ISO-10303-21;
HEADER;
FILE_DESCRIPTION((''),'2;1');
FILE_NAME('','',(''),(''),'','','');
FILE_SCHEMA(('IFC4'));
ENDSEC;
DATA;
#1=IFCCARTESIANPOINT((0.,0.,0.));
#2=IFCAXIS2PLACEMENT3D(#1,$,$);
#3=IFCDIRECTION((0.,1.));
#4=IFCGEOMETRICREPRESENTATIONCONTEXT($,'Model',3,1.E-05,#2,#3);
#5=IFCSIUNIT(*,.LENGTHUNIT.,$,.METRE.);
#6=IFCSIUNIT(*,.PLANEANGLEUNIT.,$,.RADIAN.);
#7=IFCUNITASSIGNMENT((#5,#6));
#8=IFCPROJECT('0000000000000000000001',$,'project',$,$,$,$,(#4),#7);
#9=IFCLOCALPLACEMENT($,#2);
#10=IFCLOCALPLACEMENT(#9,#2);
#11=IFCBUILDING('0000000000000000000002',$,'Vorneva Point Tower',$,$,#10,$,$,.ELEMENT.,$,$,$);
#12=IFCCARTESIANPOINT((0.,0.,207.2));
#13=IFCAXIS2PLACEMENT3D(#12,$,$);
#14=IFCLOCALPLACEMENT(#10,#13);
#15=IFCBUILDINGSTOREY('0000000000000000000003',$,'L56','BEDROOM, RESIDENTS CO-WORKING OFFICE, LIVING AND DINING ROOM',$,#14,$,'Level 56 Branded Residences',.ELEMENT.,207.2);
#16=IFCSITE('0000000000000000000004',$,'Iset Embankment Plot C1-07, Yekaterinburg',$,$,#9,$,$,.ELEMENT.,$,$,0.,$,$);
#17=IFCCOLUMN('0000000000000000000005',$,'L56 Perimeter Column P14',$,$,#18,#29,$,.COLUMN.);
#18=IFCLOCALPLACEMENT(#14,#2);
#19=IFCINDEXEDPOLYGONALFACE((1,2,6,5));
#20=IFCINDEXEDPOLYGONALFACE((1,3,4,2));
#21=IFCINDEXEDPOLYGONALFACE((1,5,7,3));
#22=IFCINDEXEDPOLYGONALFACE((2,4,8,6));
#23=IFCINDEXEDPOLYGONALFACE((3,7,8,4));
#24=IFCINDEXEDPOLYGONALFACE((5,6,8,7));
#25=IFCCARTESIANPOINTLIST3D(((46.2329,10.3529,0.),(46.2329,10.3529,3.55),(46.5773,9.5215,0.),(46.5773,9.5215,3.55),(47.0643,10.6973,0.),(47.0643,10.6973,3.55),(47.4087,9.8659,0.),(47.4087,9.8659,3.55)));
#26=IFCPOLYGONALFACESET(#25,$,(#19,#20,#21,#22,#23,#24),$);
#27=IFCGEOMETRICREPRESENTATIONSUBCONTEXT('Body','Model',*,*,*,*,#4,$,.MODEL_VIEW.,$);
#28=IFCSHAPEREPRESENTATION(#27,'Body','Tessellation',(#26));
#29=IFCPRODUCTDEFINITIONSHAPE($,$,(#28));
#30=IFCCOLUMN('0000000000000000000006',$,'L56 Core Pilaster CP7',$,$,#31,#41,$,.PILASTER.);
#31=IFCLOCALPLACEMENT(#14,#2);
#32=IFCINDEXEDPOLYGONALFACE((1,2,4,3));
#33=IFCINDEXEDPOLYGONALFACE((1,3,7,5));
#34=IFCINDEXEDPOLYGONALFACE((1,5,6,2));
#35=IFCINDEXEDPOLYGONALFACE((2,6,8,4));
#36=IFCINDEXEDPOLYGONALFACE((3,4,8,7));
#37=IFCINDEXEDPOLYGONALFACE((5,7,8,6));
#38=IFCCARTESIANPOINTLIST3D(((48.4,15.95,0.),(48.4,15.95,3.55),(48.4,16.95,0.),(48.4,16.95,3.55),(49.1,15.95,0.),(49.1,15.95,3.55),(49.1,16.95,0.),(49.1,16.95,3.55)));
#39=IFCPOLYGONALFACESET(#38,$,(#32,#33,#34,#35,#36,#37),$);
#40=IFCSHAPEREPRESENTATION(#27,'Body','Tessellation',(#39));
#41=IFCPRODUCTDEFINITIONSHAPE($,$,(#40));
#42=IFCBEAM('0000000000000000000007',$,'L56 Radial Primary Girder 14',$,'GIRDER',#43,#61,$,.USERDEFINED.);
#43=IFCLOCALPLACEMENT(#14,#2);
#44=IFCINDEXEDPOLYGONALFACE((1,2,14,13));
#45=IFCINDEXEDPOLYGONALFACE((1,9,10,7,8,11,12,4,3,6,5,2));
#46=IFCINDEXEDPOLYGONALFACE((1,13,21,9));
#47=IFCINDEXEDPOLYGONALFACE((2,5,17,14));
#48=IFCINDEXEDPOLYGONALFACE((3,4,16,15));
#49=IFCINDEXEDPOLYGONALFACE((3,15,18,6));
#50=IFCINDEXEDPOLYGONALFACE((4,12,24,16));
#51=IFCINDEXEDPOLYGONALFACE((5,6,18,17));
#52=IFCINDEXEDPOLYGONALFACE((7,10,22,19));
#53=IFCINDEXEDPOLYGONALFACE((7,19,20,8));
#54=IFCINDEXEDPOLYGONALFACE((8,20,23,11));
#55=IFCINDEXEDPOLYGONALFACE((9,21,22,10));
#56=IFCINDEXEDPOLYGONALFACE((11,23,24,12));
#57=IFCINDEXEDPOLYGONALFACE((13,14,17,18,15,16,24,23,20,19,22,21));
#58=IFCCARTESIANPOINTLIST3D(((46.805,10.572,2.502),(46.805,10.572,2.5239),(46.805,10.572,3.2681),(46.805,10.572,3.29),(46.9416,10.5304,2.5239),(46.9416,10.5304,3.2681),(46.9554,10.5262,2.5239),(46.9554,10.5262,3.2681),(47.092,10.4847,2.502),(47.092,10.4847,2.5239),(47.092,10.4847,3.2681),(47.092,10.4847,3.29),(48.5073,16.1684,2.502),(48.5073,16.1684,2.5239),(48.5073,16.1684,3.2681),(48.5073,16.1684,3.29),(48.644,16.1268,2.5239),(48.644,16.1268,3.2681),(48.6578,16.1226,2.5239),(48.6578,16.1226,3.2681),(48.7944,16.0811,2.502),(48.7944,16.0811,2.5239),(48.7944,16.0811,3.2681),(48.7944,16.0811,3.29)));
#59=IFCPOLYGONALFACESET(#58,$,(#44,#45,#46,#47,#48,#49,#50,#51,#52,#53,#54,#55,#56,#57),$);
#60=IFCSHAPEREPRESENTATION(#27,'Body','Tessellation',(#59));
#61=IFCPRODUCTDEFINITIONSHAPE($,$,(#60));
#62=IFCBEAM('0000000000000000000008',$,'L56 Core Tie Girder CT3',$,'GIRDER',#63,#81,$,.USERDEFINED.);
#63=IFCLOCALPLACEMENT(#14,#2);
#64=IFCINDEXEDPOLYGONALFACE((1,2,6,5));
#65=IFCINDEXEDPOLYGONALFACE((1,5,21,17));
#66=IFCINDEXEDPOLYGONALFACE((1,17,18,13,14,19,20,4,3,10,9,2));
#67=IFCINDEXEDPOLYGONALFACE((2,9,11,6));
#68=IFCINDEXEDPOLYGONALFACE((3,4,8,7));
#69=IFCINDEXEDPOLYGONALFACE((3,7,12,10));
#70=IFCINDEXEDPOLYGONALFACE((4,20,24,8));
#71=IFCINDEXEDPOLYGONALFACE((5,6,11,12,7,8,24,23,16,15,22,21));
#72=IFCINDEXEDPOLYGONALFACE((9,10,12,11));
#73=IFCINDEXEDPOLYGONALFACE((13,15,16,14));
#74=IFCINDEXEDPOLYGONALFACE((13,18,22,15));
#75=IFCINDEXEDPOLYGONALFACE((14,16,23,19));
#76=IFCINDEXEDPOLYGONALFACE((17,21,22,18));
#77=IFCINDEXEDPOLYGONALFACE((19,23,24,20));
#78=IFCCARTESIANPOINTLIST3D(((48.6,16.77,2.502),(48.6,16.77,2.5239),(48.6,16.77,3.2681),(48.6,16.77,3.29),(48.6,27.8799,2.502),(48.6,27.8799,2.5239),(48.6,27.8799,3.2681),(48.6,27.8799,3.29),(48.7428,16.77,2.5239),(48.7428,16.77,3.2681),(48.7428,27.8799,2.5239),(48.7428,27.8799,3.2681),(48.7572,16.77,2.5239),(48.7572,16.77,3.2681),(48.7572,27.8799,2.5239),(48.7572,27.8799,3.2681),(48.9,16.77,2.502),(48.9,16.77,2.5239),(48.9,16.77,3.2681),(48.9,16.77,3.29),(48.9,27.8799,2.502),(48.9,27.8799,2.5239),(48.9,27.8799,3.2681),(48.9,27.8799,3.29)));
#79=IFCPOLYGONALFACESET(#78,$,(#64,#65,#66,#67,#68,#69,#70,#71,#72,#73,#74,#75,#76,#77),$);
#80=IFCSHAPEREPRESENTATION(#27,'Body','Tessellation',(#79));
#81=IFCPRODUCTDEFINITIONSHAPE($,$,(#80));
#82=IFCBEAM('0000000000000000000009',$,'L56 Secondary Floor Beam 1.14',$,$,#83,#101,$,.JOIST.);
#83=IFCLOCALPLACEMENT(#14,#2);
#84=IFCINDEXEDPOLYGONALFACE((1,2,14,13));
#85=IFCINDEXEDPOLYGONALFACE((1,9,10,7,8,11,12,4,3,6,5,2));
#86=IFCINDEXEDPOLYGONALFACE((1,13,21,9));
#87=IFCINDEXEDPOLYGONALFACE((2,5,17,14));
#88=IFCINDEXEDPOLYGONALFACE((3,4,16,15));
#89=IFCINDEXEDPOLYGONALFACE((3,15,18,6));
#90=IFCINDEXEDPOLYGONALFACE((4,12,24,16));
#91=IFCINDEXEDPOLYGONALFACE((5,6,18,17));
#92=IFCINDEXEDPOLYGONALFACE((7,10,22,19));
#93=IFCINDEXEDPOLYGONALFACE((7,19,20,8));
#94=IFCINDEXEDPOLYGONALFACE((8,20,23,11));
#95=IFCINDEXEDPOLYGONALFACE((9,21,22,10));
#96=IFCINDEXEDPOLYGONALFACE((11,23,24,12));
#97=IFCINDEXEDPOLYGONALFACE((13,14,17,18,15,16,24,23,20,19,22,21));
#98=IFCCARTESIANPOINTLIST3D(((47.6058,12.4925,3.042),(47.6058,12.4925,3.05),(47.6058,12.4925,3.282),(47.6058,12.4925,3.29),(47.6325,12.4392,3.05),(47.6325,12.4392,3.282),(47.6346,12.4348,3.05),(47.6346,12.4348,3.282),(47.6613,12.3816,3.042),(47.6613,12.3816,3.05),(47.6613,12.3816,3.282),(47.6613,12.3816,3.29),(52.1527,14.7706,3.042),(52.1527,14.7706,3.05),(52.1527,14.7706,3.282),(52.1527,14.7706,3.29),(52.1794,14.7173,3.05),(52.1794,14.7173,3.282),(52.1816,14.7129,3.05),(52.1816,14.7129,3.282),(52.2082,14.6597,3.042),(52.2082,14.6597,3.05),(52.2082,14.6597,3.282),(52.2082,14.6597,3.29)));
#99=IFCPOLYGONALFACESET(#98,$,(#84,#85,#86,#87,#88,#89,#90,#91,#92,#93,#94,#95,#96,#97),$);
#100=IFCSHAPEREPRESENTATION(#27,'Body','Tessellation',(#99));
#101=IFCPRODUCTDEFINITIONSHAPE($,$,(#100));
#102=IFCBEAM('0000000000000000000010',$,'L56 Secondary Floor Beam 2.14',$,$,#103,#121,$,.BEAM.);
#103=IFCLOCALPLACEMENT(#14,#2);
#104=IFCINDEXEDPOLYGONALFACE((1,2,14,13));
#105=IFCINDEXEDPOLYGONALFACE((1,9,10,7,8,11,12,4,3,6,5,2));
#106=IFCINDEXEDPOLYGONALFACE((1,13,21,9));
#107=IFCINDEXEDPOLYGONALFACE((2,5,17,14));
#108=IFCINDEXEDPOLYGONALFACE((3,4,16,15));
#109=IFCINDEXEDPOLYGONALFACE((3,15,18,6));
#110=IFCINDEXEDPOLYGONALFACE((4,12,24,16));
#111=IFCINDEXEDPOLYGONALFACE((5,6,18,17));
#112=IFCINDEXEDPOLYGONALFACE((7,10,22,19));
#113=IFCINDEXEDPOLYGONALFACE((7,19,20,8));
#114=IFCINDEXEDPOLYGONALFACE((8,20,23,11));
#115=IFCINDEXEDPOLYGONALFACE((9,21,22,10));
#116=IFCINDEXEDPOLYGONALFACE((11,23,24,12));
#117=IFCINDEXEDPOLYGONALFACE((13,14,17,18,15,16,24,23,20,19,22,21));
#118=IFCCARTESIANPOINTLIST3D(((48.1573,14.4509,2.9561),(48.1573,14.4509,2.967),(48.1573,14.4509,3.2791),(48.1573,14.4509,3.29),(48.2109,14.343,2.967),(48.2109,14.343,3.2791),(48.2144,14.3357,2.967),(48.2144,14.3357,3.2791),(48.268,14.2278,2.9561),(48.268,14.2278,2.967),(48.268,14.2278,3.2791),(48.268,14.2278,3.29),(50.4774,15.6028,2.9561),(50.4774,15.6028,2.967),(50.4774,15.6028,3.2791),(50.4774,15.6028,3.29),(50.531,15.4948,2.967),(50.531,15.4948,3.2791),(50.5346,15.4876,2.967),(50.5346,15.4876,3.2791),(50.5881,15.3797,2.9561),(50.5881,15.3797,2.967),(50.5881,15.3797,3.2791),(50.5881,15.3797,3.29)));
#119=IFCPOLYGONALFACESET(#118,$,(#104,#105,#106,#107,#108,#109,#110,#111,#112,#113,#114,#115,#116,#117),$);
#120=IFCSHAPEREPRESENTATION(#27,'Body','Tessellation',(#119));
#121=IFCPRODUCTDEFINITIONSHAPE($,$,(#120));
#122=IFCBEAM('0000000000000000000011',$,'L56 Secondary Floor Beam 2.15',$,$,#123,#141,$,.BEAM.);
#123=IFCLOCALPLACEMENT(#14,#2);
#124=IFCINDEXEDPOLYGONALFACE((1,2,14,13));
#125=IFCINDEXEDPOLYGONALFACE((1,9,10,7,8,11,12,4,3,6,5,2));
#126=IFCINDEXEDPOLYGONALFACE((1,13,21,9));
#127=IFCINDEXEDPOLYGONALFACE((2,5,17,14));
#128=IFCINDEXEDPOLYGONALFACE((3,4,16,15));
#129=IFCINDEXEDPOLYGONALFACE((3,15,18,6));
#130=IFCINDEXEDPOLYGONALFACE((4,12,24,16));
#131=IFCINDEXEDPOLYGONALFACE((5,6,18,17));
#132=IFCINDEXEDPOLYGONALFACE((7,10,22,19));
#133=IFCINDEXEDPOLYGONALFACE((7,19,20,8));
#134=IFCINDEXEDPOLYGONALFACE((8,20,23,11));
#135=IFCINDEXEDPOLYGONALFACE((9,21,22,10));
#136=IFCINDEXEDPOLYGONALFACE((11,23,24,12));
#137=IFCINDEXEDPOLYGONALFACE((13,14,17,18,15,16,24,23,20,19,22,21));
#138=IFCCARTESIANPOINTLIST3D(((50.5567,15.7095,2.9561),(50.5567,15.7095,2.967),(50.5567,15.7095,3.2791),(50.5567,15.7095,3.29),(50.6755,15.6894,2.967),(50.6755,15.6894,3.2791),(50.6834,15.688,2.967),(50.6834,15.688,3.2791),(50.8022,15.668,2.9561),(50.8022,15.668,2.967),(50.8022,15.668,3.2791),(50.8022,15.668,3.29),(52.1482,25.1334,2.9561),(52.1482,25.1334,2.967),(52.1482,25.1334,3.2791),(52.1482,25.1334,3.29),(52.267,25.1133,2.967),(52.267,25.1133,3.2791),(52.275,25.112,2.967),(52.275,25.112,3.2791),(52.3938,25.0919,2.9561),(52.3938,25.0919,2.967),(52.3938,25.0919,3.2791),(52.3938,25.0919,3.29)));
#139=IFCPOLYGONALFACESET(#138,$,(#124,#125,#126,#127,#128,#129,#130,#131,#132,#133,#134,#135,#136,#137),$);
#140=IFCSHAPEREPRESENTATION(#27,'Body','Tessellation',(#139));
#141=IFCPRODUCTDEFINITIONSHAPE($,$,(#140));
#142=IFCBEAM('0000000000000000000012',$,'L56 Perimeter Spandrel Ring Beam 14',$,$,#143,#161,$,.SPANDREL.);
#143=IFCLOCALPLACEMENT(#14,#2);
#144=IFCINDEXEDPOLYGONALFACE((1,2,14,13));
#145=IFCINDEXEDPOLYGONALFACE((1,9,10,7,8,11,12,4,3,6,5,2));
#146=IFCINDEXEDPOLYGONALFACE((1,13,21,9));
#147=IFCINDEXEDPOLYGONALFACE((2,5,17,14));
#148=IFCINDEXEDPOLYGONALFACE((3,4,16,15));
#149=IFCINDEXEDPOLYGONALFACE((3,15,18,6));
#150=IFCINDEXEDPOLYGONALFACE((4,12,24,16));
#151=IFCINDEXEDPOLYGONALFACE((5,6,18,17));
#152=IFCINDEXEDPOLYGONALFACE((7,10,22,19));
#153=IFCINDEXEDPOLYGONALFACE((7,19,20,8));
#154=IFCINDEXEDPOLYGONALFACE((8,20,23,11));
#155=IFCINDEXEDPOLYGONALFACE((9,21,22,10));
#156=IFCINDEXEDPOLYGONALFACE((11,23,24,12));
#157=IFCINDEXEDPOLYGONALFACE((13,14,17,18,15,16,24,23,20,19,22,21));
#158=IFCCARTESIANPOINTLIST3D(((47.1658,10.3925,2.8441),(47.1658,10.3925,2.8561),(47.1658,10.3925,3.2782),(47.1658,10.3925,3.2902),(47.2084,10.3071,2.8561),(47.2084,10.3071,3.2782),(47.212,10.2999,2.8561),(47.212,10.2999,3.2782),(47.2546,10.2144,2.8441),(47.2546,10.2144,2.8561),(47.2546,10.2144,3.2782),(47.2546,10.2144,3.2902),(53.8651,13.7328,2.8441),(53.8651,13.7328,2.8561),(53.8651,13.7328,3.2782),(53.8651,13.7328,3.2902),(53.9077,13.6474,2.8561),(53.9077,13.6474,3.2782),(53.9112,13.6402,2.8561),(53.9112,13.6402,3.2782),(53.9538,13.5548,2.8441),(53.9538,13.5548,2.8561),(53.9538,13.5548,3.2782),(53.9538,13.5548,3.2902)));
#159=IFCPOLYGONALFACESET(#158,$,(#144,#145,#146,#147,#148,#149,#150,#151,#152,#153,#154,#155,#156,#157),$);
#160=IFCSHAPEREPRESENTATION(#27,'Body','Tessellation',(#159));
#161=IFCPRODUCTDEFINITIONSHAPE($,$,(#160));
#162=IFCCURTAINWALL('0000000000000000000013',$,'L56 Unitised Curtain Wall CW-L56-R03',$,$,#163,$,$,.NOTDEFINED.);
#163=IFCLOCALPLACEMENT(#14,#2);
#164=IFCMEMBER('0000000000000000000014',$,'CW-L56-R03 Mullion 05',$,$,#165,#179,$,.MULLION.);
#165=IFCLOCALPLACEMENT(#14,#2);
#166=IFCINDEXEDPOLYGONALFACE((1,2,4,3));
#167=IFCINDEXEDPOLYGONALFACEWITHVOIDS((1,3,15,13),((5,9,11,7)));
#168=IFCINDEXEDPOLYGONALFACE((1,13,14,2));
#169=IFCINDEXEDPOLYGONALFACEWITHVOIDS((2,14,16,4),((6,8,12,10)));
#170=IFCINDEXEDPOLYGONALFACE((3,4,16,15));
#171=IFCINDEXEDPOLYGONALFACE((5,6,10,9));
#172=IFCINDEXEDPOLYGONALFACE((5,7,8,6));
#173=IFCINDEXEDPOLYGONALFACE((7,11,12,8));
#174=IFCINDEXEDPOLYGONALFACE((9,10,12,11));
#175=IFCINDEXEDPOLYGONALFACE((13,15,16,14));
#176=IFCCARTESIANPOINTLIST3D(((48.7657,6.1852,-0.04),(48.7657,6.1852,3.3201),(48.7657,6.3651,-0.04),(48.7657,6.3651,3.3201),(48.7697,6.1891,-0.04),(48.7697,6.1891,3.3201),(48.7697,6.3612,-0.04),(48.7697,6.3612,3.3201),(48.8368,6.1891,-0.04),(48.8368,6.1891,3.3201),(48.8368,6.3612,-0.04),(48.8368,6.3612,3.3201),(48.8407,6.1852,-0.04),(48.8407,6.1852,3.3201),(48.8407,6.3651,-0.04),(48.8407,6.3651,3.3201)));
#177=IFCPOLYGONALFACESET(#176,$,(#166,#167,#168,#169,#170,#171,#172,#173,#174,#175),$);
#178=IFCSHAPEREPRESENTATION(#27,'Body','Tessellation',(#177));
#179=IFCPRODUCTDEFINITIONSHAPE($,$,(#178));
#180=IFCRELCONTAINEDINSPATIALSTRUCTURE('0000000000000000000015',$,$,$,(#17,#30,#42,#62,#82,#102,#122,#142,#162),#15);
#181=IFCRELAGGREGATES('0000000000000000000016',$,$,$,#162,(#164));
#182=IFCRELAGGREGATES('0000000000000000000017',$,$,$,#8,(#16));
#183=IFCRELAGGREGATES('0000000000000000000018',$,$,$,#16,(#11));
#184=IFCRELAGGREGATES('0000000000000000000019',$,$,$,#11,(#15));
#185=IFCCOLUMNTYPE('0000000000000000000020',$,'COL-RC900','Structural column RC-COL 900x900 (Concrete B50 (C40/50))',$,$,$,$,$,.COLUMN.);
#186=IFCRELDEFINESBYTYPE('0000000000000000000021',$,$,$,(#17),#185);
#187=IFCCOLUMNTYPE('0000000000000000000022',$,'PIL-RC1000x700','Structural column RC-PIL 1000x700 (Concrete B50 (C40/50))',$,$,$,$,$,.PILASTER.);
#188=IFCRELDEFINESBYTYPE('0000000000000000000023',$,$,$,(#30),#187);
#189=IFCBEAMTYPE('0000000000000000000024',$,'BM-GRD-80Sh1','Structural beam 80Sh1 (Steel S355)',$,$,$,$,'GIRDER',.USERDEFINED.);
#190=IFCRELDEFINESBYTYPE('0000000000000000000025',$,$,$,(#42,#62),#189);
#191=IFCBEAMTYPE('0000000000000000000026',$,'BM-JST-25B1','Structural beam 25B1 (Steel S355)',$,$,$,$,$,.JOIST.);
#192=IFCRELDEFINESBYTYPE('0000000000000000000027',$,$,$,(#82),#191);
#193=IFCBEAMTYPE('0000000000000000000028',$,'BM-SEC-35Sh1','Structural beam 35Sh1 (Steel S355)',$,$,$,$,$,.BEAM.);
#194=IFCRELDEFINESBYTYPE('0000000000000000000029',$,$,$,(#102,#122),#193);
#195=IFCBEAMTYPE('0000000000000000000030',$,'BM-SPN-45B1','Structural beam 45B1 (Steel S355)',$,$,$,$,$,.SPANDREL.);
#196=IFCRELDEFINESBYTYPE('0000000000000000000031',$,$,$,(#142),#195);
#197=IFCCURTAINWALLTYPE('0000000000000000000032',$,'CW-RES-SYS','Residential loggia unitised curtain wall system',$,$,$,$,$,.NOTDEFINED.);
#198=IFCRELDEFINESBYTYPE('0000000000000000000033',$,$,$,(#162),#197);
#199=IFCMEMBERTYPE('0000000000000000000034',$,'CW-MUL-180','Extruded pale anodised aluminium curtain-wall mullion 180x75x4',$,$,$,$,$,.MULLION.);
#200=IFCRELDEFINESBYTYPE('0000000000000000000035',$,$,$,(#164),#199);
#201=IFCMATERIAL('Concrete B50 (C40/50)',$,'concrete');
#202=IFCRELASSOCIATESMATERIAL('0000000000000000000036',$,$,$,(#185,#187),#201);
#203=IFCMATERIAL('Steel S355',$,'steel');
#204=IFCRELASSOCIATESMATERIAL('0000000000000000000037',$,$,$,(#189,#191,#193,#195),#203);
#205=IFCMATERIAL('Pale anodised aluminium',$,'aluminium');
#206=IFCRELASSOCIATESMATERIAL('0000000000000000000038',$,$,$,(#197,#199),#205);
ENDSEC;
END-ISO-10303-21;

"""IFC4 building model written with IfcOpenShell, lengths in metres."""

from ifc_helpers import new_model, si_unit, direction, frame, origin, origin_2d, place, context, subcontext, project, spatial, rectangle, hollow_rectangle, i_section, extrude, material, material_profile, profile_set, type_object, element, aggregate, save


model = new_model("IFC4")

# Units and contexts
model_context = context("Model", 3, precision=1e-05, world=origin(), true_north=direction((0.0, 1.0)))
body_context = subcontext(model_context, "Body", "Model", "MODEL_VIEW")
ifc_project = project(units=[si_unit("LENGTHUNIT", "METRE"), si_unit("PLANEANGLEUNIT", "RADIAN")], contexts=[model_context])

# Site, building, storey
site_placement = place(None, origin())
site = spatial("IfcSite", under=ifc_project, at=site_placement, Name="Iset Embankment Plot C1-07, Yekaterinburg", CompositionType="ELEMENT", RefElevation=0.0)
building_placement = place(site_placement, origin())
building = spatial("IfcBuilding", under=site, at=building_placement, Name="Vorneva Point Tower", CompositionType="ELEMENT")
storey_placement = place(building_placement, frame((0.0, 0.0, 207.2)))
storey = spatial("IfcBuildingStorey", under=building, at=storey_placement, Name="L56", Description="BEDROOM, RESIDENTS CO-WORKING OFFICE, LIVING AND DINING ROOM", LongName="Level 56 Branded Residences", CompositionType="ELEMENT", Elevation=207.2)

# Columns
ifc_material_1 = material(Name="Concrete B50 (C40/50)", Category="concrete")
ifc_material_profile_1 = material_profile(ifc_material_1, rectangle(XDim=0.8999, YDim=0.8999, at=origin_2d()), Name="RC-COL 900x900")
ifc_profile_set_1 = profile_set([ifc_material_profile_1], Name="Concrete B50 (C40/50)")
column_type_1 = type_object("IfcColumnType", Name="COL-RC900", Description="Structural column RC-COL 900x900 (Concrete B50 (C40/50))", PredefinedType="COLUMN", material=ifc_profile_set_1)
column_1_placement = place(storey_placement, frame((46.8208, 10.1094, 0.0), z_axis=(0.0, 0.0, 1.0), x_axis=(0.382683, -0.92388, 0.0)))
element("IfcColumn", 1, at=column_1_placement, inside=storey, type_object=column_type_1, Name="L56 Perimeter Column P14", PredefinedType="COLUMN", context=body_context, shape_type="SweptSolid", body=[
    extrude(rectangle(XDim=0.8999, YDim=0.8999, at=origin_2d()), origin(), (0.0, 0.0, 1.0), 3.55),
])
ifc_material_profile_2 = material_profile(ifc_material_1, rectangle(XDim=0.7, YDim=1.0, at=origin_2d()), Name="RC-PIL 1000x700")
ifc_profile_set_2 = profile_set([ifc_material_profile_2], Name="Concrete B50 (C40/50)")
column_type_2 = type_object("IfcColumnType", Name="PIL-RC1000x700", Description="Structural column RC-PIL 1000x700 (Concrete B50 (C40/50))", PredefinedType="PILASTER", material=ifc_profile_set_2)
column_2_placement = place(storey_placement, frame((48.75, 16.45, 0.0), z_axis=(0.0, 0.0, 1.0), x_axis=(1.0, 0.0, 0.0)))
element("IfcColumn", 2, at=column_2_placement, inside=storey, type_object=column_type_2, Name="L56 Core Pilaster CP7", PredefinedType="PILASTER", context=body_context, shape_type="SweptSolid", body=[
    extrude(rectangle(XDim=0.7, YDim=1.0, at=origin_2d()), origin(), (0.0, 0.0, 1.0), 3.55),
])

# Beams
ifc_material_2 = material(Name="Steel S355", Category="steel")
ifc_material_profile_3 = material_profile(ifc_material_2, i_section(OverallWidth=0.3, OverallDepth=0.7881, WebThickness=0.0144, FlangeThickness=0.022, at=origin_2d()), Name="80Sh1")
ifc_profile_set_3 = profile_set([ifc_material_profile_3], Name="Steel S355")
beam_type_1 = type_object("IfcBeamType", Name="BM-GRD-80Sh1", Description="Structural beam 80Sh1 (Steel S355)", ElementType="GIRDER", PredefinedType="USERDEFINED", material=ifc_profile_set_3)
beam_1_placement = place(storey_placement, frame((46.9485, 10.5283, 2.896), z_axis=(0.291025, 0.956715, 0.0), x_axis=(-0.956715, 0.291025, 0.0)))
element("IfcBeam", 3, at=beam_1_placement, inside=storey, type_object=beam_type_1, Name="L56 Radial Primary Girder 14", ObjectType="GIRDER", PredefinedType="USERDEFINED", context=body_context, shape_type="SweptSolid", body=[
    extrude(i_section(OverallWidth=0.3, OverallDepth=0.7881, WebThickness=0.0144, FlangeThickness=0.022, at=origin_2d()), origin(), (0.0, 0.0, 1.0), 5.8496),
])
beam_2_placement = place(storey_placement, frame((48.75, 16.77, 2.896), z_axis=(0.0, 1.0, 0.0), x_axis=(-1.0, 0.0, 0.0)))
element("IfcBeam", 4, at=beam_2_placement, inside=storey, type_object=beam_type_1, Name="L56 Core Tie Girder CT3", ObjectType="GIRDER", PredefinedType="USERDEFINED", context=body_context, shape_type="SweptSolid", body=[
    extrude(i_section(OverallWidth=0.3, OverallDepth=0.7881, WebThickness=0.0144, FlangeThickness=0.022, at=origin_2d()), origin(), (0.0, 0.0, 1.0), 11.1099),
])
ifc_material_profile_4 = material_profile(ifc_material_2, i_section(OverallWidth=0.124, OverallDepth=0.248, WebThickness=0.0049, FlangeThickness=0.0081, at=origin_2d()), Name="25B1")
ifc_profile_set_4 = profile_set([ifc_material_profile_4], Name="Steel S355")
beam_type_2 = type_object("IfcBeamType", Name="BM-JST-25B1", Description="Structural beam 25B1 (Steel S355)", PredefinedType="JOIST", material=ifc_profile_set_4)
beam_3_placement = place(storey_placement, frame((47.6335, 12.437, 3.166), z_axis=(0.894062, 0.447943, 0.0), x_axis=(-0.447943, 0.894062, 0.0)))
element("IfcBeam", 5, at=beam_3_placement, inside=storey, type_object=beam_type_2, Name="L56 Secondary Floor Beam 1.14", PredefinedType="JOIST", context=body_context, shape_type="SweptSolid", body=[
    extrude(i_section(OverallWidth=0.124, OverallDepth=0.248, WebThickness=0.0049, FlangeThickness=0.0081, at=origin_2d()), origin(), (0.0, 0.0, 1.0), 5.0857),
])
ifc_material_profile_5 = material_profile(ifc_material_2, i_section(OverallWidth=0.249, OverallDepth=0.334, WebThickness=0.0081, FlangeThickness=0.011, at=origin_2d()), Name="35Sh1")
ifc_profile_set_5 = profile_set([ifc_material_profile_5], Name="Steel S355")
beam_type_3 = type_object("IfcBeamType", Name="BM-SEC-35Sh1", Description="Structural beam 35Sh1 (Steel S355)", PredefinedType="BEAM", material=ifc_profile_set_5)
beam_4_placement = place(storey_placement, frame((48.2126, 14.3394, 3.123), z_axis=(0.895687, 0.444686, 0.0), x_axis=(-0.444686, 0.895687, 0.0)))
element("IfcBeam", 6, at=beam_4_placement, inside=storey, type_object=beam_type_3, Name="L56 Secondary Floor Beam 2.14", PredefinedType="BEAM", context=body_context, shape_type="SweptSolid", body=[
    extrude(i_section(OverallWidth=0.249, OverallDepth=0.334, WebThickness=0.0081, FlangeThickness=0.011, at=origin_2d()), origin(), (0.0, 0.0, 1.0), 2.5903),
])
beam_5_placement = place(storey_placement, frame((50.6794, 15.6887, 3.123), z_axis=(0.166528, 0.986037, 0.0), x_axis=(-0.986037, 0.166528, 0.0)))
element("IfcBeam", 7, at=beam_5_placement, inside=storey, type_object=beam_type_3, Name="L56 Secondary Floor Beam 2.15", PredefinedType="BEAM", context=body_context, shape_type="SweptSolid", body=[
    extrude(i_section(OverallWidth=0.249, OverallDepth=0.334, WebThickness=0.0081, FlangeThickness=0.011, at=origin_2d()), origin(), (0.0, 0.0, 1.0), 9.5574),
])
ifc_material_profile_6 = material_profile(ifc_material_2, i_section(OverallWidth=0.199, OverallDepth=0.446, WebThickness=0.0081, FlangeThickness=0.012, at=origin_2d()), Name="45B1")
ifc_profile_set_6 = profile_set([ifc_material_profile_6], Name="Steel S355")
beam_type_4 = type_object("IfcBeamType", Name="BM-SPN-45B1", Description="Structural beam 45B1 (Steel S355)", PredefinedType="SPANDREL", material=ifc_profile_set_6)
beam_6_placement = place(storey_placement, frame((47.2102, 10.3035, 3.0671), z_axis=(0.894922, 0.446222, 0.0), x_axis=(-0.446222, 0.894922, 0.0)))
element("IfcBeam", 8, at=beam_6_placement, inside=storey, type_object=beam_type_4, Name="L56 Perimeter Spandrel Ring Beam 14", PredefinedType="SPANDREL", context=body_context, shape_type="SweptSolid", body=[
    extrude(i_section(OverallWidth=0.199, OverallDepth=0.446, WebThickness=0.0081, FlangeThickness=0.012, at=origin_2d()), origin(), (0.0, 0.0, 1.0), 7.4858),
])

# Curtain wall, member
ifc_material_3 = material(Name="Pale anodised aluminium", Category="aluminium")
curtain_wall_type = type_object("IfcCurtainWallType", Name="CW-RES-SYS", Description="Residential loggia unitised curtain wall system", PredefinedType="NOTDEFINED", material=ifc_material_3)
curtain_wall_placement = place(storey_placement, origin())
curtain_wall = element("IfcCurtainWall", 9, at=curtain_wall_placement, inside=storey, type_object=curtain_wall_type, Name="L56 Unitised Curtain Wall CW-L56-R03", PredefinedType="NOTDEFINED")
ifc_material_profile_7 = material_profile(ifc_material_3, hollow_rectangle(XDim=0.075, YDim=0.1799, WallThickness=0.0039, at=origin_2d()), Name="AL-MUL 180x75x4")
ifc_profile_set_7 = profile_set([ifc_material_profile_7], Name="Pale anodised aluminium")
member_type = type_object("IfcMemberType", Name="CW-MUL-180", Description="Extruded pale anodised aluminium curtain-wall mullion 180x75x4", PredefinedType="MULLION", material=ifc_profile_set_7)
member_placement = place(storey_placement, frame((48.8032, 6.2751, -0.04), z_axis=(0.0, 0.0, 1.0), x_axis=(1.0, 0.0, 0.0)))
member = element("IfcMember", 10, at=member_placement, type_object=member_type, Name="CW-L56-R03 Mullion 05", PredefinedType="MULLION", context=body_context, shape_type="SweptSolid", body=[
    extrude(hollow_rectangle(XDim=0.075, YDim=0.1799, WallThickness=0.0039, at=origin_2d()), origin(), (0.0, 0.0, 1.0), 3.3601),
])
aggregate(curtain_wall, [member])

save(model, "model.ifc")
